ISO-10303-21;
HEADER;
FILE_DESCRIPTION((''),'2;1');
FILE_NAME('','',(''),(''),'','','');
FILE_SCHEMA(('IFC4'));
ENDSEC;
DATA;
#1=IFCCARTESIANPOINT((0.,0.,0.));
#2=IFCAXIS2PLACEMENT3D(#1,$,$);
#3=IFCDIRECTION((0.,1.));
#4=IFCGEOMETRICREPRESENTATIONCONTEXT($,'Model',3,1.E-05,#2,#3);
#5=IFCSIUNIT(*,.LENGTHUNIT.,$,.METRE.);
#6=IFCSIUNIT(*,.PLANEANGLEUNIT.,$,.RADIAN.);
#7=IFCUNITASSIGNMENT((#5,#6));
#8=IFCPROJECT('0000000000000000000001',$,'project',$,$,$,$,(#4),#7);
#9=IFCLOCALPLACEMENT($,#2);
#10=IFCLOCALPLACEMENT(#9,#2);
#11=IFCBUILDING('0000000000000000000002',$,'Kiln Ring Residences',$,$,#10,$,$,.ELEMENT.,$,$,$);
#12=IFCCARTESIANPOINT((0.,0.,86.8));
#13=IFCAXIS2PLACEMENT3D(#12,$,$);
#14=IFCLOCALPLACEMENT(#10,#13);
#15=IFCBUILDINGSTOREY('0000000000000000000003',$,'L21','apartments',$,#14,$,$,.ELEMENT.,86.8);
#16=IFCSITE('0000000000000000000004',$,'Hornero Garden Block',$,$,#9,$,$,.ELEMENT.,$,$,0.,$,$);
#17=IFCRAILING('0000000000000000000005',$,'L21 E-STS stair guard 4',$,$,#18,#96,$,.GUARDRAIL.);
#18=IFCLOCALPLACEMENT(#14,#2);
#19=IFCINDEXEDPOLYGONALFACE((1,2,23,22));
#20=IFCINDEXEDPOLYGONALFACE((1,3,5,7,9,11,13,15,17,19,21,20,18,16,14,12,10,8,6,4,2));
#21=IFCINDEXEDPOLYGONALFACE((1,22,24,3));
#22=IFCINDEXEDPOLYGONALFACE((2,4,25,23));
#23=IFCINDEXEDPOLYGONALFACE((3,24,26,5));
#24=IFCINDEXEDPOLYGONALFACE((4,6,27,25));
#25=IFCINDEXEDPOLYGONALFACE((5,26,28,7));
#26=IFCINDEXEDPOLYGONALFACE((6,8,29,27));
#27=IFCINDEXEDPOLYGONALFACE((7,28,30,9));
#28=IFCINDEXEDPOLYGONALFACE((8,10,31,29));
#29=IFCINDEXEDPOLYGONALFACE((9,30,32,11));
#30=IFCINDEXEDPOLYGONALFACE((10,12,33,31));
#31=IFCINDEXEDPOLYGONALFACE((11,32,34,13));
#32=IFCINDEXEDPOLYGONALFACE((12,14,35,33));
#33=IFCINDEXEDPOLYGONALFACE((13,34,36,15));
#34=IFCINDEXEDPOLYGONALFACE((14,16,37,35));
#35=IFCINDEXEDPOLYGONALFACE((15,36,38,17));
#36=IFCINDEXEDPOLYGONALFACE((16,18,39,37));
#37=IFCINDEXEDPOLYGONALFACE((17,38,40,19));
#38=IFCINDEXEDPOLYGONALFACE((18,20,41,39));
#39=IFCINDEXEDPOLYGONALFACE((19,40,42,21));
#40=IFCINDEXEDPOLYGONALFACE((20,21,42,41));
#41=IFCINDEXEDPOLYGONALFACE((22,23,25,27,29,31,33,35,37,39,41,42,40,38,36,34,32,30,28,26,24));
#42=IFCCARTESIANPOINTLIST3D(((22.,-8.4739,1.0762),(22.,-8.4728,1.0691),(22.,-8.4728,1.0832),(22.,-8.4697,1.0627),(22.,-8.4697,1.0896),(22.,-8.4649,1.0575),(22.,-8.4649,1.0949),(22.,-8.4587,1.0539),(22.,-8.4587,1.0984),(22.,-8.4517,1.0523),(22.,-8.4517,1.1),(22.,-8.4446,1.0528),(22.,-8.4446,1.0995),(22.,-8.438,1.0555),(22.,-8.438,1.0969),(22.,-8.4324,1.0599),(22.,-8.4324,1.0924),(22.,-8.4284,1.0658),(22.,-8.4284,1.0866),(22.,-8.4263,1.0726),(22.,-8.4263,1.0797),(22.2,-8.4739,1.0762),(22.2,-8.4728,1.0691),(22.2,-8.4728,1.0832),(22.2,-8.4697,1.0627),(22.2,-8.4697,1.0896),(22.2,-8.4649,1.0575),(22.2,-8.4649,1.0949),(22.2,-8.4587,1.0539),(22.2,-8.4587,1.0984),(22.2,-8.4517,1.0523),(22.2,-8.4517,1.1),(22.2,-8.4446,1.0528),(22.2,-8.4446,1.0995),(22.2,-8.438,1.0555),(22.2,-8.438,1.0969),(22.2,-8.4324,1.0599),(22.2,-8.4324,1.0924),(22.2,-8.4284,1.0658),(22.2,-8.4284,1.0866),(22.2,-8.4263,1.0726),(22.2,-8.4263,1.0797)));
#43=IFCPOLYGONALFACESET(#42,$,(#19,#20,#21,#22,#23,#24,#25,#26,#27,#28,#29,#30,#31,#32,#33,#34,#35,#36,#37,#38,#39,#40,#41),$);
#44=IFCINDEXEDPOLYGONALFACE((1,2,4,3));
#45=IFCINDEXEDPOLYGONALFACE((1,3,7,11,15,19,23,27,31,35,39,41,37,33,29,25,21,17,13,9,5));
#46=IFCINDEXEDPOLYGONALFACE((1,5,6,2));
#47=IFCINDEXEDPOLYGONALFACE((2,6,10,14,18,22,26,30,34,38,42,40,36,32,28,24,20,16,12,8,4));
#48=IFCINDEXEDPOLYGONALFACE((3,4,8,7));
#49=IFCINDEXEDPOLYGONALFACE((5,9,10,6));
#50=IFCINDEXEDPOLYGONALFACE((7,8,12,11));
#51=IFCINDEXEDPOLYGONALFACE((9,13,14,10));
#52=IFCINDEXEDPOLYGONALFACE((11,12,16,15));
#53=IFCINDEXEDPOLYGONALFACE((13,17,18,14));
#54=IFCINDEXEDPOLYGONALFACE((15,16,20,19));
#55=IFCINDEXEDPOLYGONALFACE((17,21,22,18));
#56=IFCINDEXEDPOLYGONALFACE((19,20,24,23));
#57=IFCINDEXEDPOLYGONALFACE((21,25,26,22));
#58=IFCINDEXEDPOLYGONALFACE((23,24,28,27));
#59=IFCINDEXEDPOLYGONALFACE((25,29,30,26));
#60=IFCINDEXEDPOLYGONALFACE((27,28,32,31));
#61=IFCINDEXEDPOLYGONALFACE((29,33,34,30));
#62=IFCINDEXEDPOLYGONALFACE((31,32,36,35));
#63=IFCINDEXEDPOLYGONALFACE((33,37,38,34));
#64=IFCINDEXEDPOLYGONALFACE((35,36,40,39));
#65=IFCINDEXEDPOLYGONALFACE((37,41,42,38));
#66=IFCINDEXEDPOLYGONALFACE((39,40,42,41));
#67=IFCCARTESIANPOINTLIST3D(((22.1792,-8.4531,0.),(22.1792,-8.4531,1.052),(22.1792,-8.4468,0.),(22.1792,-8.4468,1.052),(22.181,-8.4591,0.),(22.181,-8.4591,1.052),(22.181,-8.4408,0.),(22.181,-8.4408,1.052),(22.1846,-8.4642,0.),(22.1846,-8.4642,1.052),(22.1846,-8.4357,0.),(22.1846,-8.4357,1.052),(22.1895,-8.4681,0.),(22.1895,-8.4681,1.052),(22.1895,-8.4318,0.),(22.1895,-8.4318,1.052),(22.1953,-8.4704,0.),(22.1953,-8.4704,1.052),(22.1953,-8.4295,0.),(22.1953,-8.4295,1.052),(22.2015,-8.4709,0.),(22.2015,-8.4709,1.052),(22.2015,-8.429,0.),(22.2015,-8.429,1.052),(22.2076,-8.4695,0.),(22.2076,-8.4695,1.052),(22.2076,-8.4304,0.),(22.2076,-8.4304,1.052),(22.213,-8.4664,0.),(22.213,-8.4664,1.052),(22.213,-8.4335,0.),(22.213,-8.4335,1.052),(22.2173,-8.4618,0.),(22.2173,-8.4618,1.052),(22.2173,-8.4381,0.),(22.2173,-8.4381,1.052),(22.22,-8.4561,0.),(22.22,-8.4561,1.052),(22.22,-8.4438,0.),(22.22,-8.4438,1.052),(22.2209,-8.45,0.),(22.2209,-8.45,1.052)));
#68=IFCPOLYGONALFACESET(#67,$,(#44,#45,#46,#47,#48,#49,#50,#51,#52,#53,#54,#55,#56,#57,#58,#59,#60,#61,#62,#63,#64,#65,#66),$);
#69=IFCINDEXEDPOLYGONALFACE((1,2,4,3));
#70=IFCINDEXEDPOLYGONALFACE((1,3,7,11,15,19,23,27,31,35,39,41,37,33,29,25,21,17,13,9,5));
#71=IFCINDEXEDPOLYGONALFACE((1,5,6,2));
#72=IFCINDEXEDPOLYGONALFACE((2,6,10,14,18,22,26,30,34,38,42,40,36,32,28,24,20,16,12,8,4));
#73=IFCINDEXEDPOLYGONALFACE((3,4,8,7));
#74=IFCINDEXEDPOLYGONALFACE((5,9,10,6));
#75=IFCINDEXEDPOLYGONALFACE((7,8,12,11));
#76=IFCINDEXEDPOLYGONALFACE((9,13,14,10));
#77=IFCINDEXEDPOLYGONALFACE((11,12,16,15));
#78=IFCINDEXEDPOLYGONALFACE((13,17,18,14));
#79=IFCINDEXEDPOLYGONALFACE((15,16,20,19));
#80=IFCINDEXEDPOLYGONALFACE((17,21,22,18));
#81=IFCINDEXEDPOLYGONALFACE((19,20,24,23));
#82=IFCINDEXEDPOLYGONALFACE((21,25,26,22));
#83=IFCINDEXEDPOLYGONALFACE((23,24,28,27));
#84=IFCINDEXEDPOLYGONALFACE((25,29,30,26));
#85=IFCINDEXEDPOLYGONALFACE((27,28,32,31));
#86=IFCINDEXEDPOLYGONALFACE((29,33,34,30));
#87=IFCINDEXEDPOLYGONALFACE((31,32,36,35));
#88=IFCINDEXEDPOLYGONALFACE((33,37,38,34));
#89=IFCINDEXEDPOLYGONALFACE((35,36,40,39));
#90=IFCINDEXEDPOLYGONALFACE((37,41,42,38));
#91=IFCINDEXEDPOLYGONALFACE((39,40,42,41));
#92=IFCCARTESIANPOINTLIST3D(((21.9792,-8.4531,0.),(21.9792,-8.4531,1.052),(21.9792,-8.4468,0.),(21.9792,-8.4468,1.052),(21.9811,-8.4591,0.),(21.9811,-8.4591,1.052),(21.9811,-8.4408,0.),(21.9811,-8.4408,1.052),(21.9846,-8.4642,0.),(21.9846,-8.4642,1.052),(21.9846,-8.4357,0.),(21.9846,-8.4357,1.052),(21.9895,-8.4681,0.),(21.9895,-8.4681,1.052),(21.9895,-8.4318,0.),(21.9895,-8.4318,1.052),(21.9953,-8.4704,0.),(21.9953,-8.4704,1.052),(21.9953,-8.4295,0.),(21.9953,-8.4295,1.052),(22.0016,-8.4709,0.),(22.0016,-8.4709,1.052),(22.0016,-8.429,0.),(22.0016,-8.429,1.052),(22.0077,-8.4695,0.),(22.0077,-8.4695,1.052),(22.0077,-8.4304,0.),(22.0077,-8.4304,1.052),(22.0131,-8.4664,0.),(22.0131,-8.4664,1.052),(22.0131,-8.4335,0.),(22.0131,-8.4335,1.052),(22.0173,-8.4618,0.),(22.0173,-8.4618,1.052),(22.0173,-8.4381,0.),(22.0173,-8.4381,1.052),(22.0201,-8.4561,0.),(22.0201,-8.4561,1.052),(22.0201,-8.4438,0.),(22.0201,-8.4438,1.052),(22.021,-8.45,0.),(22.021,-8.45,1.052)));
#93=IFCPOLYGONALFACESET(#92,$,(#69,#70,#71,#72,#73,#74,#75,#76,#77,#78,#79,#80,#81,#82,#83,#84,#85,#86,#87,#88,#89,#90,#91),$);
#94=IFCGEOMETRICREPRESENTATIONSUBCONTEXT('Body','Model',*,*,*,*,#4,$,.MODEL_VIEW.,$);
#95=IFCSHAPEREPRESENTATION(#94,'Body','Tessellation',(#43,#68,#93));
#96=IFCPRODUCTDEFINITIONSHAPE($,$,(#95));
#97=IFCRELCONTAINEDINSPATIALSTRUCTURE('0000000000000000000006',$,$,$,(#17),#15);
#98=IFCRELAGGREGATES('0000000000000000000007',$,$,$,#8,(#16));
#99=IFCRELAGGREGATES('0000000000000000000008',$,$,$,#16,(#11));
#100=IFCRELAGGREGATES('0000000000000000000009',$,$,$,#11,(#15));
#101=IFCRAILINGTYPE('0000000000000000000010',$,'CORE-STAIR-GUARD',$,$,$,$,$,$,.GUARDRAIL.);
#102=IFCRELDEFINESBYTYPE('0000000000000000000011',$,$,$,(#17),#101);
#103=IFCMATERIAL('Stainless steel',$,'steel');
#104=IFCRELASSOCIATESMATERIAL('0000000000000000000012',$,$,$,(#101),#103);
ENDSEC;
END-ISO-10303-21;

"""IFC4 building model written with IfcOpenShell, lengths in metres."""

from ifc_helpers import new_model, si_unit, direction, frame, origin, origin_2d, place, context, subcontext, project, spatial, circle, extrude, material, type_object, element, save


model = new_model("IFC4")

# Units and contexts
model_context = context("Model", 3, precision=1e-05, world=origin(), true_north=direction((0.0, 1.0)))
body_context = subcontext(model_context, "Body", "Model", "MODEL_VIEW")
ifc_project = project(units=[si_unit("LENGTHUNIT", "METRE"), si_unit("PLANEANGLEUNIT", "RADIAN")], contexts=[model_context])

# Site, building, storey
site_placement = place(None, origin())
site = spatial("IfcSite", under=ifc_project, at=site_placement, Name="Hornero Garden Block", CompositionType="ELEMENT", RefElevation=0.0)
building_placement = place(site_placement, origin())
building = spatial("IfcBuilding", under=site, at=building_placement, Name="Kiln Ring Residences", CompositionType="ELEMENT")
storey_placement = place(building_placement, frame((0.0, 0.0, 86.8)))
storey = spatial("IfcBuildingStorey", under=building, at=storey_placement, Name="L21", Description="apartments", CompositionType="ELEMENT", Elevation=86.8)

# Railing
ifc_material_1 = material(Name="Stainless steel", Category="steel")
railing_type_1 = type_object("IfcRailingType", Name="CORE-STAIR-GUARD", PredefinedType="GUARDRAIL", material=ifc_material_1)
railing_1_placement = place(storey_placement, frame((22.2, -8.45, 0.0)))
element("IfcRailing", 1, at=railing_1_placement, inside=storey, type_object=railing_type_1, Name="L21 E-STS stair guard 4", PredefinedType="GUARDRAIL", context=body_context, shape_type="SweptSolid", body=[
    extrude(circle(Radius=0.0239, at=origin_2d()), frame((0.0, 0.0, 1.0762), z_axis=(-1.0, 0.0, 0.0), x_axis=(0.0, -1.0, 0.0)), (0.0, 0.0, 1.0), 0.2),
    extrude(circle(Radius=0.021, at=origin_2d()), origin(), (0.0, 0.0, 1.0), 1.052),
    extrude(circle(Radius=0.021, at=origin_2d()), frame((-0.2, 0.0, 0.0)), (0.0, 0.0, 1.0), 1.052),
])

save(model, "model.ifc")
